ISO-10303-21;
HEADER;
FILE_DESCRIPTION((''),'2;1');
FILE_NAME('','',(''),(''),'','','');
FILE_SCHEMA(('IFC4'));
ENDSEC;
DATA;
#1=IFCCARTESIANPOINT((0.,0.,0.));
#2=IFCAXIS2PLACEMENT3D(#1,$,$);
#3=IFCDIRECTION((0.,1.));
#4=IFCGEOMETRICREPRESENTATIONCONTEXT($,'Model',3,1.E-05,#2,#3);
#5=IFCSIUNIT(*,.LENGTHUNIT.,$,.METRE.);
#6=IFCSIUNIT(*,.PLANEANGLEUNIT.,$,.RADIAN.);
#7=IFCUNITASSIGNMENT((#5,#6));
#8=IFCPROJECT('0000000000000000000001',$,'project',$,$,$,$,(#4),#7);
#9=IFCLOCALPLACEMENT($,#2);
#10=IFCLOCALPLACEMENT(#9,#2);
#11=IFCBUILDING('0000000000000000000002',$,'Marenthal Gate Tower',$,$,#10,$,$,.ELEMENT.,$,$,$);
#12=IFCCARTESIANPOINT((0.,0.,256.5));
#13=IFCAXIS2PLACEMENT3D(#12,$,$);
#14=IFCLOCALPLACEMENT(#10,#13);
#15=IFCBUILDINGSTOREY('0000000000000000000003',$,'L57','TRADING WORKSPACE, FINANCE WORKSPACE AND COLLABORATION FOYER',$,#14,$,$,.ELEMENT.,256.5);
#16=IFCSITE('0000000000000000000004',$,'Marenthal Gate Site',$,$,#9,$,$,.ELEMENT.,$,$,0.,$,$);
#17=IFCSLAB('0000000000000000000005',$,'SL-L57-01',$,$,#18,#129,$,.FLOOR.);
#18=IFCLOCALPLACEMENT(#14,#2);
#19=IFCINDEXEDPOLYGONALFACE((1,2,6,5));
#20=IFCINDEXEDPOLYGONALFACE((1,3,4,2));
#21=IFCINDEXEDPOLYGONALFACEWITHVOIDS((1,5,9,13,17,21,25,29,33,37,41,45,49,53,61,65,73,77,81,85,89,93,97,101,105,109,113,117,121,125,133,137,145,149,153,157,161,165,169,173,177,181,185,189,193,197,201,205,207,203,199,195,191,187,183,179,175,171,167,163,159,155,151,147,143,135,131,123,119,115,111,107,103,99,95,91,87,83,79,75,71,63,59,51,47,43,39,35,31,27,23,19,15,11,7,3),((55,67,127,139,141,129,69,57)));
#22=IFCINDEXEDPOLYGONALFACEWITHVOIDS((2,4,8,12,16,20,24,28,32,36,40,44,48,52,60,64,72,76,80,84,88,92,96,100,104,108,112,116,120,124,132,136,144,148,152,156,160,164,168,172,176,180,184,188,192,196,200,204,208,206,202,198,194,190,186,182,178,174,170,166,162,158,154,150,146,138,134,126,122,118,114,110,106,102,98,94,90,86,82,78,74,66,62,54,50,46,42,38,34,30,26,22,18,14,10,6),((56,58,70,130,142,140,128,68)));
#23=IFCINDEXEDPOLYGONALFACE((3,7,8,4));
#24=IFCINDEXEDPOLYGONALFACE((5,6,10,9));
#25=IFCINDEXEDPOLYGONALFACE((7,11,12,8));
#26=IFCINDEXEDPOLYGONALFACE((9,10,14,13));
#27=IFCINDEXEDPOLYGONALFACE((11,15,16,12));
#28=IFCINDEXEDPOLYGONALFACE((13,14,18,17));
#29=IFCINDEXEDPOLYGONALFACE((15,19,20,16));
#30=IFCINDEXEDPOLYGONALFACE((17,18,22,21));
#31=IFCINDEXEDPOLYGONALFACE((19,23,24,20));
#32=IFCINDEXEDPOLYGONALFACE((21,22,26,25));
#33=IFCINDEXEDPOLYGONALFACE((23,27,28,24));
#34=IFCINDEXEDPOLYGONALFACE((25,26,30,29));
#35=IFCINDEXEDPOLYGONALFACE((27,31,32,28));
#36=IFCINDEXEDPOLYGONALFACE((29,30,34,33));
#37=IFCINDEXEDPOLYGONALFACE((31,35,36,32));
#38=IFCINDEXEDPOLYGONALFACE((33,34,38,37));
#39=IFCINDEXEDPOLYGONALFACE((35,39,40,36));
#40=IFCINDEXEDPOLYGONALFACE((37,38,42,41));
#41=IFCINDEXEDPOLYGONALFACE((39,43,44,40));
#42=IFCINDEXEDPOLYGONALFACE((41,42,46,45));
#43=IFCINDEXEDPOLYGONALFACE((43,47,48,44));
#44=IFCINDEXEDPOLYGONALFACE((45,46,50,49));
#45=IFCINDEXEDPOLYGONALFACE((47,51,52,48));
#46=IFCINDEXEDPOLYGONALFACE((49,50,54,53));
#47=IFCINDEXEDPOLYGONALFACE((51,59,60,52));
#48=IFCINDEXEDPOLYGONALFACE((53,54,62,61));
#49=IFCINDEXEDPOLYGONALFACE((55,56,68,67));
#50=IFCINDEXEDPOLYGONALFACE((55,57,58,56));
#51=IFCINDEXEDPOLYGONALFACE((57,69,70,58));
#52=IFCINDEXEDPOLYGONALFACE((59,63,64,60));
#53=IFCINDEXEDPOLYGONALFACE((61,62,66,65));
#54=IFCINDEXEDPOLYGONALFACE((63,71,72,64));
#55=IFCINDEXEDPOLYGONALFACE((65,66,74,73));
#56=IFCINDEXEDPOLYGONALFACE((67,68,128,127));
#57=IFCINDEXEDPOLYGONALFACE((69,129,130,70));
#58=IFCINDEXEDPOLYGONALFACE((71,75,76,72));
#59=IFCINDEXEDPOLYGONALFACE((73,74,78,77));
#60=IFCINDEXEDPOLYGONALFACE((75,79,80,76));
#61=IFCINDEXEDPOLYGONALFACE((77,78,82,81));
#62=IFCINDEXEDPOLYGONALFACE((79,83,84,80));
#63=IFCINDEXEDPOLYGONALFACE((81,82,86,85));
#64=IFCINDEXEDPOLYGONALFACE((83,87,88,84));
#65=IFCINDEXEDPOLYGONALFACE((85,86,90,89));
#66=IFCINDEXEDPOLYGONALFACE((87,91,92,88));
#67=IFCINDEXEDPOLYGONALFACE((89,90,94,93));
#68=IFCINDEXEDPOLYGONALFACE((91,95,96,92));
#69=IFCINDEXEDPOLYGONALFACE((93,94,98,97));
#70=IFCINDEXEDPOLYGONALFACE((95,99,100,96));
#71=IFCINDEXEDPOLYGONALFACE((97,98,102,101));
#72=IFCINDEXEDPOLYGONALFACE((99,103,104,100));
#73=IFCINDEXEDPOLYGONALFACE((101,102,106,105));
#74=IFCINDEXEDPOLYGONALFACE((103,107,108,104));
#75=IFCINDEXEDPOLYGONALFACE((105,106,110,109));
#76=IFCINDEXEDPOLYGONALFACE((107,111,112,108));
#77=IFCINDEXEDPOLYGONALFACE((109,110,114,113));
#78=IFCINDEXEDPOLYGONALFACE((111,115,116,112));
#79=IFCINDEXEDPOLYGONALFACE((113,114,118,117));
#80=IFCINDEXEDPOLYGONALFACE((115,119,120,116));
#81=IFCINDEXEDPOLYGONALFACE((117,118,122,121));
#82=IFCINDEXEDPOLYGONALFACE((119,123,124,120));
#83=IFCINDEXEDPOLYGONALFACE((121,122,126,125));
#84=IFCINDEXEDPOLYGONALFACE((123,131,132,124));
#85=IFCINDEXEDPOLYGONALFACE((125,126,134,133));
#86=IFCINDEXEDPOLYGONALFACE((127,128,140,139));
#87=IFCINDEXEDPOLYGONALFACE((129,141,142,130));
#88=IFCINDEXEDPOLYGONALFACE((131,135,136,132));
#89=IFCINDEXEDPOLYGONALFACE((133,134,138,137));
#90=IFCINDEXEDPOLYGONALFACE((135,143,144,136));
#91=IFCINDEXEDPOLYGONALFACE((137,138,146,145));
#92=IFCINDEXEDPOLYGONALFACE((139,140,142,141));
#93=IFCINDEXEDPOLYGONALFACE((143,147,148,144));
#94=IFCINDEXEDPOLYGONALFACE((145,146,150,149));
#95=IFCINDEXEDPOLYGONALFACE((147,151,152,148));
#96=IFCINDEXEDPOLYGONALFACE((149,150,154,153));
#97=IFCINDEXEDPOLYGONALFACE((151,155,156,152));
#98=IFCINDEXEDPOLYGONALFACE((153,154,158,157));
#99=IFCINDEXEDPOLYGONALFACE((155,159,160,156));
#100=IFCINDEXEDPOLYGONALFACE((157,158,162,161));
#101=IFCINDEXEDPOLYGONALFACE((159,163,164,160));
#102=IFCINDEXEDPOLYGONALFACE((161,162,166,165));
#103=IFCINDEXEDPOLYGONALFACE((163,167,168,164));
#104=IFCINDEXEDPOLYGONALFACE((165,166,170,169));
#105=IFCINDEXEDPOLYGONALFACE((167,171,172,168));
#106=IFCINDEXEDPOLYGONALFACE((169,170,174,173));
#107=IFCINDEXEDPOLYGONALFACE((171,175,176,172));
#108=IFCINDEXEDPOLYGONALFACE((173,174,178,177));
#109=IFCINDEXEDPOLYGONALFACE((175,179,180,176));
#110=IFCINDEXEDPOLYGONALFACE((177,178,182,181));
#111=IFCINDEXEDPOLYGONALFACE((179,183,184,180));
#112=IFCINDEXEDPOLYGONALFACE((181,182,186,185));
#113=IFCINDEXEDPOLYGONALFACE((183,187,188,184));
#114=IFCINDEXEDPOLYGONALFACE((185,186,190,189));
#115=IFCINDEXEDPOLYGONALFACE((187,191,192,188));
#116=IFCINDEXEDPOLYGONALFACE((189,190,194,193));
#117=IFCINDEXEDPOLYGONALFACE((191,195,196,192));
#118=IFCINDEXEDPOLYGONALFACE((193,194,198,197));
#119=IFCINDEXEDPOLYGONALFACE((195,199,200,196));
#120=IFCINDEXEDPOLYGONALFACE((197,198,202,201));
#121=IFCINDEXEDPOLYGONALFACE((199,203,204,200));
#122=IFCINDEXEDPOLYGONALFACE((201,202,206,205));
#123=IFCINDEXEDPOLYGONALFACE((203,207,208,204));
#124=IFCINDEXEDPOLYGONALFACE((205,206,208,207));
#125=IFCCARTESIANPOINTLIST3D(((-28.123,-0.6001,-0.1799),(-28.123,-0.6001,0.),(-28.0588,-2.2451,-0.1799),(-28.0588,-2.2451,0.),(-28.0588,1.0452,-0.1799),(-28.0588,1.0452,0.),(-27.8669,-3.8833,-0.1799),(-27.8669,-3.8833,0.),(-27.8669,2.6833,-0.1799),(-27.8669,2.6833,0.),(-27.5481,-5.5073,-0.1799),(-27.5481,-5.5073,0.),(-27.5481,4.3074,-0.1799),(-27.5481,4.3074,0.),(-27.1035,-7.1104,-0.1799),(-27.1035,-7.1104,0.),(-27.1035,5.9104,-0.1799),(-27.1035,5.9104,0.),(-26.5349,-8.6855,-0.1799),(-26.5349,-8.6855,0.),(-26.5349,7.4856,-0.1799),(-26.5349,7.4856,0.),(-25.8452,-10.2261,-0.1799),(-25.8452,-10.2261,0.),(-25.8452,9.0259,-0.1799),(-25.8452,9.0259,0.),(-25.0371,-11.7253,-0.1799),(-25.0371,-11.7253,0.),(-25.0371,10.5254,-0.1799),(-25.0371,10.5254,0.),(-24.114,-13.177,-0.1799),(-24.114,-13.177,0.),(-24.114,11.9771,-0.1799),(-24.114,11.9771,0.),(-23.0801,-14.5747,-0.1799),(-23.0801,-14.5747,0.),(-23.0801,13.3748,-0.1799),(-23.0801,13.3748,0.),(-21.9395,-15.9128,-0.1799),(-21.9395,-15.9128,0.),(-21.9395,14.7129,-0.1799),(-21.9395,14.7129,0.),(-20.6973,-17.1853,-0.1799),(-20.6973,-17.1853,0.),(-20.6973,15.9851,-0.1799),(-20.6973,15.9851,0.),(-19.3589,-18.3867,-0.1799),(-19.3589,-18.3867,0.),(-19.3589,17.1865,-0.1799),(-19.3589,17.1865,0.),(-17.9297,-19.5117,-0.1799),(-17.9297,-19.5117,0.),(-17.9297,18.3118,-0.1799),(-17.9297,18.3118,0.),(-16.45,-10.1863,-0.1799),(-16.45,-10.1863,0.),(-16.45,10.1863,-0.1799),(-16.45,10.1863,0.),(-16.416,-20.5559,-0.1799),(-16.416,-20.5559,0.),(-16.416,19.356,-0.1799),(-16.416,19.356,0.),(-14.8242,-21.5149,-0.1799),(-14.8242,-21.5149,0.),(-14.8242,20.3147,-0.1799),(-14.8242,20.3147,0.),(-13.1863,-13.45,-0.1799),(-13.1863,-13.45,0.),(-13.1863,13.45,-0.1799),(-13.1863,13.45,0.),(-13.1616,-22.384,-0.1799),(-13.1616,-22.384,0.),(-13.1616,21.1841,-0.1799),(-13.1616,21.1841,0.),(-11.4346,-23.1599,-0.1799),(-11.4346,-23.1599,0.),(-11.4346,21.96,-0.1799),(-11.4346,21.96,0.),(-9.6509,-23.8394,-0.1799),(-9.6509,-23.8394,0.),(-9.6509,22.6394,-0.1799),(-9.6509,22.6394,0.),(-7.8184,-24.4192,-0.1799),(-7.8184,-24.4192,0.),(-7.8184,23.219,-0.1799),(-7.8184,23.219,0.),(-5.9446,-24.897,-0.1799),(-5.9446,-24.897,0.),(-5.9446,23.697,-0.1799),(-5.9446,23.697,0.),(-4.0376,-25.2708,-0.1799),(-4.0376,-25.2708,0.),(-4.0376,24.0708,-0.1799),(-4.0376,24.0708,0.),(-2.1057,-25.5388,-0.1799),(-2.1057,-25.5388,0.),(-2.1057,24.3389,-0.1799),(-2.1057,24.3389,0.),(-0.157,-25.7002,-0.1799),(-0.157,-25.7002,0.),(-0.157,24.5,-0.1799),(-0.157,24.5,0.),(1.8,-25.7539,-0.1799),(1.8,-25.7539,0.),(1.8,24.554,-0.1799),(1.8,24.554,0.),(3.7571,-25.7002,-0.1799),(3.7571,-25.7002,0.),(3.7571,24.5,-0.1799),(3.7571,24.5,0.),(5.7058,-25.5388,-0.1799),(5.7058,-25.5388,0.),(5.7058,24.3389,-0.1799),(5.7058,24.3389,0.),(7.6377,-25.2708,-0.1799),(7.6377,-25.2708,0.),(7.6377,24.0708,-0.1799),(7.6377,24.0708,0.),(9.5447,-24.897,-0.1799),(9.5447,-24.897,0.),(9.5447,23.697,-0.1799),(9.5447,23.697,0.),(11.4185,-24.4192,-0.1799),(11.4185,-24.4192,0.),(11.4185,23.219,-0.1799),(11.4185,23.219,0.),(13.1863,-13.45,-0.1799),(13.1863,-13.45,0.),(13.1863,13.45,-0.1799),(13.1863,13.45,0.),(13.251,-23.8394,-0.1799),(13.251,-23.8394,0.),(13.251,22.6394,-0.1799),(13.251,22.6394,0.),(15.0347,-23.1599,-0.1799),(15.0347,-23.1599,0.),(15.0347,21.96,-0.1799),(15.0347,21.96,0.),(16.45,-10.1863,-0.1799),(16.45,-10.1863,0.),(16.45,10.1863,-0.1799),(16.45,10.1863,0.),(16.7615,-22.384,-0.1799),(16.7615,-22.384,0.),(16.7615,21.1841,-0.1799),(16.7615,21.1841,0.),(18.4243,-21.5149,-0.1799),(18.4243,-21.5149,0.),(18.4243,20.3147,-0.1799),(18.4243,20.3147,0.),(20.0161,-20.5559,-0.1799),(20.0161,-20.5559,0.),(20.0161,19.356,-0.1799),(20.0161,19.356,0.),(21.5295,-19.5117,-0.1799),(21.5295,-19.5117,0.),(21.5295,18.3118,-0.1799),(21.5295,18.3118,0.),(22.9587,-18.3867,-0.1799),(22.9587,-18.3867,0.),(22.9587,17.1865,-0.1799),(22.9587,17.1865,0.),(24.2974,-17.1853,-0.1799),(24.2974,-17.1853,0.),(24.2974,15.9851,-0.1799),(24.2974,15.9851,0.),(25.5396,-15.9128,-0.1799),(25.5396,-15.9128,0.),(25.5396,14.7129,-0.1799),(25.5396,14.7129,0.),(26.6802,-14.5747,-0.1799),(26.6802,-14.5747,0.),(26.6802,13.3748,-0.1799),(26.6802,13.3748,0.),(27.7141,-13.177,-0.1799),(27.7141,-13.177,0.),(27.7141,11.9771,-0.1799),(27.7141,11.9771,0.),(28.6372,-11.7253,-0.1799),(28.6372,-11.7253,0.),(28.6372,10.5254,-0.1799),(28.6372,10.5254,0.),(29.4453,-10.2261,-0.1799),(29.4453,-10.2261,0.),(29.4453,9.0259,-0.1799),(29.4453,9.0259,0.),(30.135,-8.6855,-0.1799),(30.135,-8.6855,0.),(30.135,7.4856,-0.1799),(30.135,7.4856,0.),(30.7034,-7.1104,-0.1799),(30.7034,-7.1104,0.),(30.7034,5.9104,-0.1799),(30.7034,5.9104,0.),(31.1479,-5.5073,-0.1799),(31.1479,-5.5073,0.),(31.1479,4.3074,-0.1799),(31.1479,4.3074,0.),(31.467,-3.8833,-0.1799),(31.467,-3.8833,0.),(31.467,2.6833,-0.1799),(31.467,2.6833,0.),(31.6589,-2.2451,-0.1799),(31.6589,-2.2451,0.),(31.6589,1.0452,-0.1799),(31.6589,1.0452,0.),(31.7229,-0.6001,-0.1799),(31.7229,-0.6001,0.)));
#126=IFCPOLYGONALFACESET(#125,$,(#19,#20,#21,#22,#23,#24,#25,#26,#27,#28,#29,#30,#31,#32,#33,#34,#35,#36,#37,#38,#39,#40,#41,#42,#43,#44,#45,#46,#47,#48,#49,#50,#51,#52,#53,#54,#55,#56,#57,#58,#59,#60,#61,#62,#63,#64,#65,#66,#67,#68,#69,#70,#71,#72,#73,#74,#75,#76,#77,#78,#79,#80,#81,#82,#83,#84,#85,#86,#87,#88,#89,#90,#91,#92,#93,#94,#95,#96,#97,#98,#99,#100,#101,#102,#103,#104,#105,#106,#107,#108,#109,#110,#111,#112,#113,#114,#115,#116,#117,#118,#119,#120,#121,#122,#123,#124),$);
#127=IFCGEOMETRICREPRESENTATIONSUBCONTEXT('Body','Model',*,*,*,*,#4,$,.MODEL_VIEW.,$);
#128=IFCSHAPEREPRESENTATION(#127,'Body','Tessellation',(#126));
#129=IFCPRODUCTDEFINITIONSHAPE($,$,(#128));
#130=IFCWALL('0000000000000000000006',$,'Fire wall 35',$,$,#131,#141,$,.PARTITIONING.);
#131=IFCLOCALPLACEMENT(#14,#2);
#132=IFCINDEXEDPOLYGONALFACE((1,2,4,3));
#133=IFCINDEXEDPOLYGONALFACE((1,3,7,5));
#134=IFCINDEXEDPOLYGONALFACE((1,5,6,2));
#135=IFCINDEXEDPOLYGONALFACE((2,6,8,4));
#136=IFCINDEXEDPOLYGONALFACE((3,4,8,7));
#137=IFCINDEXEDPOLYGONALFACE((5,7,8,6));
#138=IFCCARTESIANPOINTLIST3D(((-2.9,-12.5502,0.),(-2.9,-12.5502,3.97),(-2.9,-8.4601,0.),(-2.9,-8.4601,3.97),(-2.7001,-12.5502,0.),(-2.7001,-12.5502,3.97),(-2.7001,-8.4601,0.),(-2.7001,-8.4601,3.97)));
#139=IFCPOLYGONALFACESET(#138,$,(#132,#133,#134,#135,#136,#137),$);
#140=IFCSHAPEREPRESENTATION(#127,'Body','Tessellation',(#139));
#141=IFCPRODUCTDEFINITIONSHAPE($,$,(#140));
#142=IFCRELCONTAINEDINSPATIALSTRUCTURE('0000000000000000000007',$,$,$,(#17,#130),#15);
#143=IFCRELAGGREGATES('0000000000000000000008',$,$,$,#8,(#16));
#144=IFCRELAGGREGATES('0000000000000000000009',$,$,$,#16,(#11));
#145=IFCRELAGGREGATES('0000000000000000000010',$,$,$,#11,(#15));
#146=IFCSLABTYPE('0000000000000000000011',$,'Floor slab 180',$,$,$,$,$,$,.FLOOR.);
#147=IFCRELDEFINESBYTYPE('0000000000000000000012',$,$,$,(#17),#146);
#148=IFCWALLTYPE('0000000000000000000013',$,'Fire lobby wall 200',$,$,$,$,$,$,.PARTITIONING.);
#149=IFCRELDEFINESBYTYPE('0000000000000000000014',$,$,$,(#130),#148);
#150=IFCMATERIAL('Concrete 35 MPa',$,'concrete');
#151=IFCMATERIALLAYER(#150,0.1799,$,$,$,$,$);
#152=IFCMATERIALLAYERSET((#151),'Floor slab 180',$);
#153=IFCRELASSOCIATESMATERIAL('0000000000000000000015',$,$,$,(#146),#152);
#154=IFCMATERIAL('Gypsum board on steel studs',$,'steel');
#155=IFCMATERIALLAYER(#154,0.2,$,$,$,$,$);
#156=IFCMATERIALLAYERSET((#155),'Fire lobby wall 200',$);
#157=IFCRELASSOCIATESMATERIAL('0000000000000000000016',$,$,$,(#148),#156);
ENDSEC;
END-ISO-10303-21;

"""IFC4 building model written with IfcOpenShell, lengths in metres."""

from ifc_helpers import new_model, si_unit, direction, frame, frame_2d, origin, place, context, subcontext, project, spatial, polyline, rectangle, outline, extrude, material, layer, layer_set, type_object, element, save


model = new_model("IFC4")

# Units and contexts
model_context = context("Model", 3, precision=1e-05, world=origin(), true_north=direction((0.0, 1.0)))
body_context = subcontext(model_context, "Body", "Model", "MODEL_VIEW")
ifc_project = project(units=[si_unit("LENGTHUNIT", "METRE"), si_unit("PLANEANGLEUNIT", "RADIAN")], contexts=[model_context])

# Site, building, storey
site_placement = place(None, origin())
site = spatial("IfcSite", under=ifc_project, at=site_placement, Name="Marenthal Gate Site", CompositionType="ELEMENT", RefElevation=0.0)
building_placement = place(site_placement, origin())
building = spatial("IfcBuilding", under=site, at=building_placement, Name="Marenthal Gate Tower", CompositionType="ELEMENT")
storey_placement = place(building_placement, frame((0.0, 0.0, 256.5)))
storey = spatial("IfcBuildingStorey", under=building, at=storey_placement, Name="L57", Description="TRADING WORKSPACE, FINANCE WORKSPACE AND COLLABORATION FOYER", CompositionType="ELEMENT", Elevation=256.5)

# Slab
ifc_material_1 = material(Name="Concrete 35 MPa", Category="concrete")
ifc_layer_1 = layer(ifc_material_1, 0.1799)
ifc_layer_set_1 = layer_set([ifc_layer_1], Name="Floor slab 180")
slab_type_1 = type_object("IfcSlabType", Name="Floor slab 180", PredefinedType="FLOOR", material=ifc_layer_set_1)
slab_1_placement = place(storey_placement, frame((0.0, 0.0, -0.1799)))
element("IfcSlab", 1, at=slab_1_placement, inside=storey, type_object=slab_type_1, Name="SL-L57-01", PredefinedType="FLOOR", context=body_context, shape_type="SweptSolid", body=[
    extrude(outline(polyline([(31.7229, -0.6001), (31.6589, 1.0452), (31.467, 2.6833), (31.1479, 4.3074), (30.7034, 5.9104), (30.135, 7.4856), (29.4453, 9.0259), (28.6372, 10.5254), (27.7141, 11.9771), (26.6802, 13.3748), (25.5396, 14.7129), (24.2974, 15.9851), (22.9587, 17.1865), (21.5295, 18.3118), (20.0161, 19.356), (18.4243, 20.3147), (16.7615, 21.1841), (15.0347, 21.96), (13.251, 22.6394), (11.4185, 23.219), (9.5447, 23.697), (7.6377, 24.0708), (5.7058, 24.3389), (3.7571, 24.5), (1.8, 24.554), (-0.157, 24.5), (-2.1057, 24.3389), (-4.0376, 24.0708), (-5.9446, 23.697), (-7.8184, 23.219), (-9.6509, 22.6394), (-11.4346, 21.96), (-13.1616, 21.1841), (-14.8242, 20.3147), (-16.416, 19.356), (-17.9297, 18.3118), (-19.3589, 17.1865), (-20.6973, 15.9851), (-21.9395, 14.7129), (-23.0801, 13.3748), (-24.114, 11.9771), (-25.0371, 10.5254), (-25.8452, 9.0259), (-26.5349, 7.4856), (-27.1035, 5.9104), (-27.5481, 4.3074), (-27.8669, 2.6833), (-28.0588, 1.0452), (-28.123, -0.6001), (-28.0588, -2.2451), (-27.8669, -3.8833), (-27.5481, -5.5073), (-27.1035, -7.1104), (-26.5349, -8.6855), (-25.8452, -10.2261), (-25.0371, -11.7253), (-24.114, -13.177), (-23.0801, -14.5747), (-21.9395, -15.9128), (-20.6973, -17.1853), (-19.3589, -18.3867), (-17.9297, -19.5117), (-16.416, -20.5559), (-14.8242, -21.5149), (-13.1616, -22.384), (-11.4346, -23.1599), (-9.6509, -23.8394), (-7.8184, -24.4192), (-5.9446, -24.897), (-4.0376, -25.2708), (-2.1057, -25.5388), (-0.157, -25.7002), (1.8, -25.7539), (3.7571, -25.7002), (5.7058, -25.5388), (7.6377, -25.2708), (9.5447, -24.897), (11.4185, -24.4192), (13.251, -23.8394), (15.0347, -23.1599), (16.7615, -22.384), (18.4243, -21.5149), (20.0161, -20.5559), (21.5295, -19.5117), (22.9587, -18.3867), (24.2974, -17.1853), (25.5396, -15.9128), (26.6802, -14.5747), (27.7141, -13.177), (28.6372, -11.7253), (29.4453, -10.2261), (30.135, -8.6855), (30.7034, -7.1104), (31.1479, -5.5073), (31.467, -3.8833), (31.6589, -2.2451), (31.7229, -0.6001)]), holes=[polyline([(13.1863, -13.45), (16.45, -10.1863), (16.45, 10.1863), (13.1863, 13.45), (-13.1863, 13.45), (-16.45, 10.1863), (-16.45, -10.1863), (-13.1863, -13.45), (13.1863, -13.45)])]), origin(), (0.0, 0.0, 1.0), 0.1799),
])

# Wall
ifc_material_2 = material(Name="Gypsum board on steel studs", Category="steel")
ifc_layer_2 = layer(ifc_material_2, 0.2)
ifc_layer_set_2 = layer_set([ifc_layer_2], Name="Fire lobby wall 200")
wall_type_1 = type_object("IfcWallType", Name="Fire lobby wall 200", PredefinedType="PARTITIONING", material=ifc_layer_set_2)
wall_1_placement = place(storey_placement, frame((-2.8, -12.55, 0.0), z_axis=(0.0, 0.0, 1.0), x_axis=(0.0, 1.0, 0.0)))
element("IfcWall", 2, at=wall_1_placement, inside=storey, type_object=wall_type_1, Name="Fire wall 35", PredefinedType="PARTITIONING", context=body_context, shape_type="SweptSolid", body=[
    extrude(rectangle(XDim=4.0901, YDim=0.2, at=frame_2d((2.0449, 0.0))), origin(), (0.0, 0.0, 1.0), 3.97),
])

save(model, "model.ifc")
